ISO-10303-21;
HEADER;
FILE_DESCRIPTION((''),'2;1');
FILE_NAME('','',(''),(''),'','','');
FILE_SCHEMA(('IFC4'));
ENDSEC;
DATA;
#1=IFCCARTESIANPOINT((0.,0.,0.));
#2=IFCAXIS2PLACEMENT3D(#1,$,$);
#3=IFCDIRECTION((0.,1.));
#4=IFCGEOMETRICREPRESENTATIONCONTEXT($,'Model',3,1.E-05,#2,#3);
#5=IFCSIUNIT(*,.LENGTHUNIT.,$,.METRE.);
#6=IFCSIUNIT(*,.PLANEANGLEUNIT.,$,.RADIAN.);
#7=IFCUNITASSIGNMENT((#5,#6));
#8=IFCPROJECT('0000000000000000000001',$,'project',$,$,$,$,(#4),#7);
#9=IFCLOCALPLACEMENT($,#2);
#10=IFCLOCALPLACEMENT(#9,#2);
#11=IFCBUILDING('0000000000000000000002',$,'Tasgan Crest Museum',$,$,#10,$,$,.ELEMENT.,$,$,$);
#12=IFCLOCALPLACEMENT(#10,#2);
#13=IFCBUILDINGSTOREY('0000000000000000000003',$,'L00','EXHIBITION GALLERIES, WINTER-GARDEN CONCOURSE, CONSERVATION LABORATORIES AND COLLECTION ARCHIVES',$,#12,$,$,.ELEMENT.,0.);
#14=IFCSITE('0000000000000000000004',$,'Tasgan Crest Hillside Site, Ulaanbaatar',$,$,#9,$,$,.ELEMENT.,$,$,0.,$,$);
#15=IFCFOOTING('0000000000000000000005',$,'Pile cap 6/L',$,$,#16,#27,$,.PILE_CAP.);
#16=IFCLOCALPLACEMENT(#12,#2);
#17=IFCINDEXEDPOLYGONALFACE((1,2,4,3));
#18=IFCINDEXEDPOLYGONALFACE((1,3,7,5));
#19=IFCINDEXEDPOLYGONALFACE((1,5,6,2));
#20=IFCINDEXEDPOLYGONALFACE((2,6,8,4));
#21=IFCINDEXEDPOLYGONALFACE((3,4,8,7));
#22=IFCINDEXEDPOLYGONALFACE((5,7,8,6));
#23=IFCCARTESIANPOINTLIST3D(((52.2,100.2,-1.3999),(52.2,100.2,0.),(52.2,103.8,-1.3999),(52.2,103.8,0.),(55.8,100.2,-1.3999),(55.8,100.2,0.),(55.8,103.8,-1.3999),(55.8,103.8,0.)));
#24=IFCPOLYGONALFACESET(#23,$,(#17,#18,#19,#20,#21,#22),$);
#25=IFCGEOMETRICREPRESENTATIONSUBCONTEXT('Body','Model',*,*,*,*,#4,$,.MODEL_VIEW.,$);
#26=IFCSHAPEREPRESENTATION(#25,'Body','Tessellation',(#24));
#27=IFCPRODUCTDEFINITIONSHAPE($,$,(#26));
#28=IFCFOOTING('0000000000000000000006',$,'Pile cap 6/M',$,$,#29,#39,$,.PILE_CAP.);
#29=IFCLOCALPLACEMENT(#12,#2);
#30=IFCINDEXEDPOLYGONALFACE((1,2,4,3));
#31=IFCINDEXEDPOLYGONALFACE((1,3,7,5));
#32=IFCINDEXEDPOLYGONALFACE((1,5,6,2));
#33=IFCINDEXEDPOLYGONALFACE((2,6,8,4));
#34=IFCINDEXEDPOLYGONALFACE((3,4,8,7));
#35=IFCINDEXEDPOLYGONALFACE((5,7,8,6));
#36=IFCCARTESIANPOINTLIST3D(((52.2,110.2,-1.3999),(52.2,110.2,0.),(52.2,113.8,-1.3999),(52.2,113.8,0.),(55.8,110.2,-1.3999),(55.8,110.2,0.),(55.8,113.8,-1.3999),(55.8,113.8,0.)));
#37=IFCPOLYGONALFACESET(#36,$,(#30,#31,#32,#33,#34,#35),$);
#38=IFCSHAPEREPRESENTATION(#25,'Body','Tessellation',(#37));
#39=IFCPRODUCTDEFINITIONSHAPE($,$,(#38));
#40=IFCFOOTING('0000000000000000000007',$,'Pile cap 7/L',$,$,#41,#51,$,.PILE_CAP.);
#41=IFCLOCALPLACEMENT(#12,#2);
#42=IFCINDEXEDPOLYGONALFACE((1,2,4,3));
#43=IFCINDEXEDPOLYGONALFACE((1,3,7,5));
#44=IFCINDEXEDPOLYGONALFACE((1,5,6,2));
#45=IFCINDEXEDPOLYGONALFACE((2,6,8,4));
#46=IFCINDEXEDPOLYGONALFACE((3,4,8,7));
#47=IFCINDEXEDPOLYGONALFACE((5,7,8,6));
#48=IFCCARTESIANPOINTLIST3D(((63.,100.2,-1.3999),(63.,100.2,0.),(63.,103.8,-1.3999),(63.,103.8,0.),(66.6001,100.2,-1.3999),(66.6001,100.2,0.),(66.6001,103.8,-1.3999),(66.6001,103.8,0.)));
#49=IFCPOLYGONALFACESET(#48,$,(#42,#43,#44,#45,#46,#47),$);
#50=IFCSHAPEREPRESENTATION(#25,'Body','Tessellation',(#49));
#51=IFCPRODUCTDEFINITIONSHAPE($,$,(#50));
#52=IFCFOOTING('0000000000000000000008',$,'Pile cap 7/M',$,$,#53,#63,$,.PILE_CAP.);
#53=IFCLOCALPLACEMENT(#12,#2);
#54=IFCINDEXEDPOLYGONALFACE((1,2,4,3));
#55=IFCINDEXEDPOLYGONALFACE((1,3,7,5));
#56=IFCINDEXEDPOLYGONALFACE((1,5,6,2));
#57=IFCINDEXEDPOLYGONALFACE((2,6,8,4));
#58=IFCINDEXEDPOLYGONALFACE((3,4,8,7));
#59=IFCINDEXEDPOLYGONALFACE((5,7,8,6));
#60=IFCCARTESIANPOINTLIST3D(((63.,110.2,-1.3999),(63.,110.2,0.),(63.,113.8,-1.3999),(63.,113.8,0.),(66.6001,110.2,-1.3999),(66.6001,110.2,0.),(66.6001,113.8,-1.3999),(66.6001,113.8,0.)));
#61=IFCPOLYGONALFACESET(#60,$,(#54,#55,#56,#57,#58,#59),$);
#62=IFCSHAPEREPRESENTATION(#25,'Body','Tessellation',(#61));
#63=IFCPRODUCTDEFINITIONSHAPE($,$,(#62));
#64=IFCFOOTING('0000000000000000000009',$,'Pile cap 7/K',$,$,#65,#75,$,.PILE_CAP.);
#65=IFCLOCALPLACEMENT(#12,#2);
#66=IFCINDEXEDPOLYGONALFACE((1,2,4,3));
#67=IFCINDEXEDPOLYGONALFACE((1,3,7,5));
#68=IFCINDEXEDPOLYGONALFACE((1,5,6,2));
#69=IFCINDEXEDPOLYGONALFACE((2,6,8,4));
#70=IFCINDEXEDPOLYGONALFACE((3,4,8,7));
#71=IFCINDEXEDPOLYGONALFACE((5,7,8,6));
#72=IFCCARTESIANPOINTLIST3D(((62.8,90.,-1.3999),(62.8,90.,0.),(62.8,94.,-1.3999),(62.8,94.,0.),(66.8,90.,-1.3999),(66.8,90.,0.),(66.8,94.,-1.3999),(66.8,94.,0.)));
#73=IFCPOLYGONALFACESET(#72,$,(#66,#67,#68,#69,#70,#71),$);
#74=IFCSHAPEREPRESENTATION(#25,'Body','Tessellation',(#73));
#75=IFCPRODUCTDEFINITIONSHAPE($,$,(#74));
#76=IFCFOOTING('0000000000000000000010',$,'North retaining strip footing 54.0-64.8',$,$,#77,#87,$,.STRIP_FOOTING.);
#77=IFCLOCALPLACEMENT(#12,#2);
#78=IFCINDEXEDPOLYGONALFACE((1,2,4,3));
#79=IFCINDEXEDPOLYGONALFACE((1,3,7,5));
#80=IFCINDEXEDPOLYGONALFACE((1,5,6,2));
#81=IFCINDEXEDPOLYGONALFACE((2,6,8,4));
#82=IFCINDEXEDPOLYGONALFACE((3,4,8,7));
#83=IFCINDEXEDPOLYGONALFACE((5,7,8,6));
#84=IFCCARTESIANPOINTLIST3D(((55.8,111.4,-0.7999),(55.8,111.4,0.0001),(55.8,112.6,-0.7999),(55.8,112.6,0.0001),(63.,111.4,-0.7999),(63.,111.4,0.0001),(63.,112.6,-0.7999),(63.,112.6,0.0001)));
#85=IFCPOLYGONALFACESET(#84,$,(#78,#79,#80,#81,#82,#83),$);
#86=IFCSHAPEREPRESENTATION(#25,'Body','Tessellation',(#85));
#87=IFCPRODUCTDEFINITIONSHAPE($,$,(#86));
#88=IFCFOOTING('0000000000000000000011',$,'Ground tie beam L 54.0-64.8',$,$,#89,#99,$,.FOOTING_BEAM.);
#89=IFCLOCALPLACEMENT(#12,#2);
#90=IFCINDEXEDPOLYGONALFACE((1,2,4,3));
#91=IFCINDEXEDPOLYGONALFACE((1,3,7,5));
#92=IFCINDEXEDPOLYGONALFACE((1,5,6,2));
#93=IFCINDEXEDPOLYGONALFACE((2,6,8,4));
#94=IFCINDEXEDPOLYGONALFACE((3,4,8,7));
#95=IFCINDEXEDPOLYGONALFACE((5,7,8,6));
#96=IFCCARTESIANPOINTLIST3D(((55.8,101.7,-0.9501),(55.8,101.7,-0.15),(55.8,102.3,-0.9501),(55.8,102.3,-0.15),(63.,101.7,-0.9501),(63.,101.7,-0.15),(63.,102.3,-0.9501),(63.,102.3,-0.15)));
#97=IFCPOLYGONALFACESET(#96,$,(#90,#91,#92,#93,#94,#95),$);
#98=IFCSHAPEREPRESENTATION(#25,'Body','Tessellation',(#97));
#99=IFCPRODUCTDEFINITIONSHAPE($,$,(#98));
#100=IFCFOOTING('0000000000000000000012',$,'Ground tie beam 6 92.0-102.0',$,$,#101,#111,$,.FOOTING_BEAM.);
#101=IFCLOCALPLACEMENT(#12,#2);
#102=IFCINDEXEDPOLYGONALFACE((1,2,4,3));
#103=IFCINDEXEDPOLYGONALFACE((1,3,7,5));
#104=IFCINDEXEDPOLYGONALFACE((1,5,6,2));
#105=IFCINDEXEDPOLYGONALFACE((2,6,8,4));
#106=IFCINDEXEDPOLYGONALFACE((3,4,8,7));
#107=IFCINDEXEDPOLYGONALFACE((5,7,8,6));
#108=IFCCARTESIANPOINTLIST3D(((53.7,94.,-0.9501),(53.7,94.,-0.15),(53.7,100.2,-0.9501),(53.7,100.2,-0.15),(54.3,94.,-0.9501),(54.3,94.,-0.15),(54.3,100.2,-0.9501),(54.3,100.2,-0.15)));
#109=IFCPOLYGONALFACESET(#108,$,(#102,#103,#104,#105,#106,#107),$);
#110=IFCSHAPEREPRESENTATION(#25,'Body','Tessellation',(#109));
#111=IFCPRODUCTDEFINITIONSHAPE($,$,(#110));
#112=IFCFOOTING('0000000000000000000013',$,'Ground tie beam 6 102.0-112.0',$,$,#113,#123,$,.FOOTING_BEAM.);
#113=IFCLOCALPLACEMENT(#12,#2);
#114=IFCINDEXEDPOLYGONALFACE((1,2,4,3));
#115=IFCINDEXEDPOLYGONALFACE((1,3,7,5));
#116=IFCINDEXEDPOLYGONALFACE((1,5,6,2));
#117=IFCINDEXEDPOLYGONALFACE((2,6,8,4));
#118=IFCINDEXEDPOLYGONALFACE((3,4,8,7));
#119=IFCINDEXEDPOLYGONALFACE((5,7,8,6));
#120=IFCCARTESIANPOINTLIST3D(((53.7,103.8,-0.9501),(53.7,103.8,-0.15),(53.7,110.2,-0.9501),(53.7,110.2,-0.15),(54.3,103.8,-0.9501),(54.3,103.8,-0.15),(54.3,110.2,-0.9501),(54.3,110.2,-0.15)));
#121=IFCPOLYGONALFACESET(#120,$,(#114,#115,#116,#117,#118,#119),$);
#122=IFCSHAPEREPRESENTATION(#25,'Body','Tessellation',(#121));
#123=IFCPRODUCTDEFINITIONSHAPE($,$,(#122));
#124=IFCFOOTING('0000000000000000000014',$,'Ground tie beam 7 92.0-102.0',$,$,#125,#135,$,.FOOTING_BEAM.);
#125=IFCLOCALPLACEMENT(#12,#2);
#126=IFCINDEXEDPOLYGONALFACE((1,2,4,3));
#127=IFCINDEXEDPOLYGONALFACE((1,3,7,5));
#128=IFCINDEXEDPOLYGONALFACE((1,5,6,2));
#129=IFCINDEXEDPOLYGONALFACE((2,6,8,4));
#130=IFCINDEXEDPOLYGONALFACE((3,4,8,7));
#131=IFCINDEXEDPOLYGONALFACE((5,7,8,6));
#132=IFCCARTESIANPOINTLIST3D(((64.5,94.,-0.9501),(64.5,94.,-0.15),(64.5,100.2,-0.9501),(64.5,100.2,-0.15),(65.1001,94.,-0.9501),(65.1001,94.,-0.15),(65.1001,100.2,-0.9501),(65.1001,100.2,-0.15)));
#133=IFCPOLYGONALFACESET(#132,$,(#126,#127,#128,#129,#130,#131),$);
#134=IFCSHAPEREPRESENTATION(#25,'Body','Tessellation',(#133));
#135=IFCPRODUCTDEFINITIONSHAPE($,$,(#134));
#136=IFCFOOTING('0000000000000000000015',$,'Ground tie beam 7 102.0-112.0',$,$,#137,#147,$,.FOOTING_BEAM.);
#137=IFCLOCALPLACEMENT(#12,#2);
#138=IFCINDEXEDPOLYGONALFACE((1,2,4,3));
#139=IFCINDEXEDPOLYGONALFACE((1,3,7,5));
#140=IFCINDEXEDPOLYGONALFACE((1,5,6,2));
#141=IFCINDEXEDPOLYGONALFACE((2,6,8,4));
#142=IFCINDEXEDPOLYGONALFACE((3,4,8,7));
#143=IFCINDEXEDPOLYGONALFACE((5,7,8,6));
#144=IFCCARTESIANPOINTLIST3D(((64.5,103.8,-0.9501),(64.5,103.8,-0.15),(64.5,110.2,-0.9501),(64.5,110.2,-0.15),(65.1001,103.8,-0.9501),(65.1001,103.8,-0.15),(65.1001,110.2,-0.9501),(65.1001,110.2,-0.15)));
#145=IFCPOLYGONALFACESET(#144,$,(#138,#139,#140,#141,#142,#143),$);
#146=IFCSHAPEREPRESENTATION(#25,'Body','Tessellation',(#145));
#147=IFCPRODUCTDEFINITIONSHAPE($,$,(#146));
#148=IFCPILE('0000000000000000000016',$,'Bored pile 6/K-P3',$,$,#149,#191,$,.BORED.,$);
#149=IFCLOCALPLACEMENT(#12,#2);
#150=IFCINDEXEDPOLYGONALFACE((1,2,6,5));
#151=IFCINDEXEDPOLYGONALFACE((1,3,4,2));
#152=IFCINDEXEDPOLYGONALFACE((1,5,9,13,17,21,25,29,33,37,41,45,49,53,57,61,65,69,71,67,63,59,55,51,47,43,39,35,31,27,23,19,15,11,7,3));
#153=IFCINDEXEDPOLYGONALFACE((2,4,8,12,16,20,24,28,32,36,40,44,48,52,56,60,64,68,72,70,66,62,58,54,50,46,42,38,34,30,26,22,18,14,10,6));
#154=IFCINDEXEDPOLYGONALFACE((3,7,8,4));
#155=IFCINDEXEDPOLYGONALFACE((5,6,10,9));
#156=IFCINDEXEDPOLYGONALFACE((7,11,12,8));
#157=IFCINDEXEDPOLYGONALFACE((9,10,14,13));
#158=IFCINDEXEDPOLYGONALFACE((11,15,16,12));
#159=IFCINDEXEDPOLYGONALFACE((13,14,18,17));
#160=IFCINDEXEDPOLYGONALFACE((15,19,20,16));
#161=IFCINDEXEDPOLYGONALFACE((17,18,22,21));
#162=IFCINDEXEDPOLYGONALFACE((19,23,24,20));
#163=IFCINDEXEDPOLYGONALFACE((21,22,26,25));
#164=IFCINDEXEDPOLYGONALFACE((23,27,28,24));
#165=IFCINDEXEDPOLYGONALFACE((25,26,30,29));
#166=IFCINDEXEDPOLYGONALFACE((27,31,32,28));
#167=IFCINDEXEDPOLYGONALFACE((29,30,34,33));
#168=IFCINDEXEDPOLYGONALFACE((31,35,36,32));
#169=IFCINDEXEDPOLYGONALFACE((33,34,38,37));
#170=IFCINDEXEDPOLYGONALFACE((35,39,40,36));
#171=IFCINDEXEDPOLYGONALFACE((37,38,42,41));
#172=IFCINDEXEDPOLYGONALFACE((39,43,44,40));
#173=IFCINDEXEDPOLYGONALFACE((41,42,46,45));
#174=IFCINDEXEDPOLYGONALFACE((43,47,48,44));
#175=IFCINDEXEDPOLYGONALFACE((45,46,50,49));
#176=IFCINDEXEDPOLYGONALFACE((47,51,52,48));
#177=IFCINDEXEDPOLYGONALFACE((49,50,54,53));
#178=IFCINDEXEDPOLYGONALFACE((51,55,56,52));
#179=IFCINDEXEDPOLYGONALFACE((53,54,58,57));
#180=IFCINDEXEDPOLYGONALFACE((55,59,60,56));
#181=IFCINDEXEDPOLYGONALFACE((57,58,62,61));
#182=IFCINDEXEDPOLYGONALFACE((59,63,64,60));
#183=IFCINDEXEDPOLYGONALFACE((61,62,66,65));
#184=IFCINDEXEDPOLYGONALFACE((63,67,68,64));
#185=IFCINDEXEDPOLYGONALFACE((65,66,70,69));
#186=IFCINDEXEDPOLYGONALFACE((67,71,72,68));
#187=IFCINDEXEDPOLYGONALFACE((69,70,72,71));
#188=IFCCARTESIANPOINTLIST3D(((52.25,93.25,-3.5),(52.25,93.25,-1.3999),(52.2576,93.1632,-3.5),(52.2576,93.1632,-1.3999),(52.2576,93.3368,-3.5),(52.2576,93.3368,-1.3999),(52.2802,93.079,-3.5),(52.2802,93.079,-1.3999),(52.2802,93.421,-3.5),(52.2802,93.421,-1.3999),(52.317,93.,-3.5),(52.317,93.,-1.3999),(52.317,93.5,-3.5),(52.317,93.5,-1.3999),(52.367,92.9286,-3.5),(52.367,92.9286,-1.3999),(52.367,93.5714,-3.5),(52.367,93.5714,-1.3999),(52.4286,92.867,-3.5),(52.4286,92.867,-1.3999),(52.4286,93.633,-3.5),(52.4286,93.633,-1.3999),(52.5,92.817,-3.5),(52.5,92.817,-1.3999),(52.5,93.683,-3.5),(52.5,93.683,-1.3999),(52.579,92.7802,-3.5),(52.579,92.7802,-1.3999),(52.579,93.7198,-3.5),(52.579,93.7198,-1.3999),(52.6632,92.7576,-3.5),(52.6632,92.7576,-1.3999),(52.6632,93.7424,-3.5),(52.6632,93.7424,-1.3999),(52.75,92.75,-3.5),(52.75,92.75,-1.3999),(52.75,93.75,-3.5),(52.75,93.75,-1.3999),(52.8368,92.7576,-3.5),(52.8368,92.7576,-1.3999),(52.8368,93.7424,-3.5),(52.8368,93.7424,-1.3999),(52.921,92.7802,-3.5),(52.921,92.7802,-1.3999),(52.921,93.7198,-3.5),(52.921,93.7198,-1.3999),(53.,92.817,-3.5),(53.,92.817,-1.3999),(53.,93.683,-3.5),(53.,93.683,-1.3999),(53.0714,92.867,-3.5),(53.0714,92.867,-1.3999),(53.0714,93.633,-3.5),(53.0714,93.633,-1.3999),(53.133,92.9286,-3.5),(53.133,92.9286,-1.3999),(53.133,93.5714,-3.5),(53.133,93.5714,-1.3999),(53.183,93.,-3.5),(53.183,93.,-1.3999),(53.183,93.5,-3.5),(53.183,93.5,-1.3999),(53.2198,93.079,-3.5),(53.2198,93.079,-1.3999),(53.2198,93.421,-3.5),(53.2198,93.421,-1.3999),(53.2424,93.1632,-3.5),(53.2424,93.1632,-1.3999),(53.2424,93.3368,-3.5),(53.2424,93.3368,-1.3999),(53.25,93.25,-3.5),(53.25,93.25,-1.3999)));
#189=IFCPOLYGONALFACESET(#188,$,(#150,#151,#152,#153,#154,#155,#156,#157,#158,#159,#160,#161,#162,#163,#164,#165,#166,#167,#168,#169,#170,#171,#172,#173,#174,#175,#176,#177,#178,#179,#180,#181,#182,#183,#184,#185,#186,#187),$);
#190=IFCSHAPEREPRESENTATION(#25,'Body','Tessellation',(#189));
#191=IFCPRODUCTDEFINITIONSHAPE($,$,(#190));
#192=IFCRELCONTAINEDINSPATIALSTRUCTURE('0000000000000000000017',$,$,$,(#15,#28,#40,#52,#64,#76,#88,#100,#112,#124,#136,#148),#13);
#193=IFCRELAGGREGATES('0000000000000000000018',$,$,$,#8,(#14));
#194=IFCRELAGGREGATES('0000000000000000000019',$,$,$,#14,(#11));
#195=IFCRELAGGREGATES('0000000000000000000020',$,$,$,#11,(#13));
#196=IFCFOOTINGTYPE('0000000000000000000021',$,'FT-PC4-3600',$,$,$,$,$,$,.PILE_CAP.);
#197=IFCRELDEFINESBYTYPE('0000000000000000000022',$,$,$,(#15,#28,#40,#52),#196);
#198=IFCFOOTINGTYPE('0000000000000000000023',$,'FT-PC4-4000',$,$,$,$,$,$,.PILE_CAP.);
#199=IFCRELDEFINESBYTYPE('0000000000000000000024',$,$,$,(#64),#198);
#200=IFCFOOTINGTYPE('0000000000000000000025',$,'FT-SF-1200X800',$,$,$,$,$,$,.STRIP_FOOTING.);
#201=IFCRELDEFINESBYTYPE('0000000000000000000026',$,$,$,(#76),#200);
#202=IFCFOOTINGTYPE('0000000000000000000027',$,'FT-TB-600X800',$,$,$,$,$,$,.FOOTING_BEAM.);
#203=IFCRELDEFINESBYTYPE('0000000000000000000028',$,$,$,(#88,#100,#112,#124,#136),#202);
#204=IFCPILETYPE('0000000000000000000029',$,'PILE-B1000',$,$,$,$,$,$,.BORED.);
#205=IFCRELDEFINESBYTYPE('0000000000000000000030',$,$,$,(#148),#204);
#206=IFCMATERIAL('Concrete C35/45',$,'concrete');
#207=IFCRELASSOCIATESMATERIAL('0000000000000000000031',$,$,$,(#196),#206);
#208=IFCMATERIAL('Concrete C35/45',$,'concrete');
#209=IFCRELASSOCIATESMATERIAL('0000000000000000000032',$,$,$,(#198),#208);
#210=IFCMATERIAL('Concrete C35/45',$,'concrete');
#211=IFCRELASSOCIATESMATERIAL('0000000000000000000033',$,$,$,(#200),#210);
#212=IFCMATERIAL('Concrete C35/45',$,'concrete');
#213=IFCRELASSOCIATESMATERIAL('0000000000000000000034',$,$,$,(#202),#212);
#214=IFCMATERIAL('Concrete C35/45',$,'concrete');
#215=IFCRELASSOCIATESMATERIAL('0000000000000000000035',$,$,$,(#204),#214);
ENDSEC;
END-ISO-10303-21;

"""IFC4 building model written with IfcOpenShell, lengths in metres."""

from ifc_helpers import new_model, si_unit, direction, frame, origin, origin_2d, place, context, subcontext, project, spatial, rectangle, circle, extrude, material, material_profile, profile_set, type_object, element, save


model = new_model("IFC4")

# Units and contexts
model_context = context("Model", 3, precision=1e-05, world=origin(), true_north=direction((0.0, 1.0)))
body_context = subcontext(model_context, "Body", "Model", "MODEL_VIEW")
ifc_project = project(units=[si_unit("LENGTHUNIT", "METRE"), si_unit("PLANEANGLEUNIT", "RADIAN")], contexts=[model_context])

# Site, building, storey
site_placement = place(None, origin())
site = spatial("IfcSite", under=ifc_project, at=site_placement, Name="Tasgan Crest Hillside Site, Ulaanbaatar", CompositionType="ELEMENT", RefElevation=0.0)
building_placement = place(site_placement, origin())
building = spatial("IfcBuilding", under=site, at=building_placement, Name="Tasgan Crest Museum", CompositionType="ELEMENT")
storey_placement = place(building_placement, origin())
storey = spatial("IfcBuildingStorey", under=building, at=storey_placement, Name="L00", Description="EXHIBITION GALLERIES, WINTER-GARDEN CONCOURSE, CONSERVATION LABORATORIES AND COLLECTION ARCHIVES", CompositionType="ELEMENT", Elevation=0.0)

# Footings
ifc_material_1 = material(Name="Concrete C35/45", Category="concrete")
footing_type_1 = type_object("IfcFootingType", Name="FT-PC4-3600", PredefinedType="PILE_CAP", material=ifc_material_1)
for number, where, z_axis, x_axis, name in (
    (1, (54.0, 102.0, -1.3999), (0.0, 0.0, 1.0), (1.0, 0.0, 0.0), "Pile cap 6/L"),
    (2, (54.0, 112.0, -1.3999), (0.0, 0.0, 1.0), (1.0, 0.0, 0.0), "Pile cap 6/M"),
    (3, (64.8, 102.0, -1.3999), (0.0, 0.0, 1.0), (1.0, 0.0, 0.0), "Pile cap 7/L"),
    (4, (64.8, 112.0, -1.3999), (0.0, 0.0, 1.0), (1.0, 0.0, 0.0), "Pile cap 7/M"),
):
    element("IfcFooting", number, at=place(storey_placement, frame(where, z_axis=z_axis, x_axis=x_axis)), inside=storey, type_object=footing_type_1, Name=name, PredefinedType="PILE_CAP", context=body_context, shape_type="SweptSolid", body=[
        extrude(rectangle(XDim=3.6001, YDim=3.6001, at=origin_2d()), origin(), (0.0, 0.0, 1.0), 1.3999),
    ])
ifc_material_2 = material(Name="Concrete C35/45", Category="concrete")
footing_type_2 = type_object("IfcFootingType", Name="FT-PC4-4000", PredefinedType="PILE_CAP", material=ifc_material_2)
footing_1_placement = place(storey_placement, frame((64.8, 92.0, -1.3999), z_axis=(0.0, 0.0, 1.0), x_axis=(1.0, 0.0, 0.0)))
element("IfcFooting", 5, at=footing_1_placement, inside=storey, type_object=footing_type_2, Name="Pile cap 7/K", PredefinedType="PILE_CAP", context=body_context, shape_type="SweptSolid", body=[
    extrude(rectangle(XDim=4.0, YDim=4.0, at=origin_2d()), origin(), (0.0, 0.0, 1.0), 1.3999),
])
ifc_material_3 = material(Name="Concrete C35/45", Category="concrete")
ifc_material_profile_1 = material_profile(ifc_material_3, rectangle(XDim=1.2, YDim=0.8, at=origin_2d()), Name="SF 1200x800")
ifc_profile_set_1 = profile_set([ifc_material_profile_1], Name="Concrete C35/45")
footing_type_3 = type_object("IfcFootingType", Name="FT-SF-1200X800", PredefinedType="STRIP_FOOTING", material=ifc_profile_set_1)
footing_2_placement = place(storey_placement, frame((55.8, 112.0, -0.3999), z_axis=(1.0, 0.0, 0.0), x_axis=(0.0, 1.0, 0.0)))
element("IfcFooting", 6, at=footing_2_placement, inside=storey, type_object=footing_type_3, Name="North retaining strip footing 54.0-64.8", PredefinedType="STRIP_FOOTING", context=body_context, shape_type="SweptSolid", body=[
    extrude(rectangle(XDim=1.2, YDim=0.8, at=origin_2d()), origin(), (0.0, 0.0, 1.0), 7.2),
])
ifc_material_4 = material(Name="Concrete C35/45", Category="concrete")
ifc_material_profile_2 = material_profile(ifc_material_4, rectangle(XDim=0.6001, YDim=0.8, at=origin_2d()), Name="TB 600x800")
ifc_profile_set_2 = profile_set([ifc_material_profile_2], Name="Concrete C35/45")
footing_type_4 = type_object("IfcFootingType", Name="FT-TB-600X800", PredefinedType="FOOTING_BEAM", material=ifc_profile_set_2)
footing_3_placement = place(storey_placement, frame((55.8, 102.0, -0.55), z_axis=(1.0, 0.0, 0.0), x_axis=(0.0, 1.0, 0.0)))
element("IfcFooting", 7, at=footing_3_placement, inside=storey, type_object=footing_type_4, Name="Ground tie beam L 54.0-64.8", PredefinedType="FOOTING_BEAM", context=body_context, shape_type="SweptSolid", body=[
    extrude(rectangle(XDim=0.6001, YDim=0.8, at=origin_2d()), origin(), (0.0, 0.0, 1.0), 7.2),
])
footing_4_placement = place(storey_placement, frame((54.0, 94.0, -0.55), z_axis=(0.0, 1.0, 0.0), x_axis=(-1.0, 0.0, 0.0)))
element("IfcFooting", 8, at=footing_4_placement, inside=storey, type_object=footing_type_4, Name="Ground tie beam 6 92.0-102.0", PredefinedType="FOOTING_BEAM", context=body_context, shape_type="SweptSolid", body=[
    extrude(rectangle(XDim=0.6001, YDim=0.8, at=origin_2d()), origin(), (0.0, 0.0, 1.0), 6.2),
])
footing_5_placement = place(storey_placement, frame((54.0, 103.8, -0.55), z_axis=(0.0, 1.0, 0.0), x_axis=(-1.0, 0.0, 0.0)))
element("IfcFooting", 9, at=footing_5_placement, inside=storey, type_object=footing_type_4, Name="Ground tie beam 6 102.0-112.0", PredefinedType="FOOTING_BEAM", context=body_context, shape_type="SweptSolid", body=[
    extrude(rectangle(XDim=0.6001, YDim=0.8, at=origin_2d()), origin(), (0.0, 0.0, 1.0), 6.3999),
])
footing_6_placement = place(storey_placement, frame((64.8, 94.0, -0.55), z_axis=(0.0, 1.0, 0.0), x_axis=(-1.0, 0.0, 0.0)))
element("IfcFooting", 10, at=footing_6_placement, inside=storey, type_object=footing_type_4, Name="Ground tie beam 7 92.0-102.0", PredefinedType="FOOTING_BEAM", context=body_context, shape_type="SweptSolid", body=[
    extrude(rectangle(XDim=0.6001, YDim=0.8, at=origin_2d()), origin(), (0.0, 0.0, 1.0), 6.2),
])
footing_7_placement = place(storey_placement, frame((64.8, 103.8, -0.55), z_axis=(0.0, 1.0, 0.0), x_axis=(-1.0, 0.0, 0.0)))
element("IfcFooting", 11, at=footing_7_placement, inside=storey, type_object=footing_type_4, Name="Ground tie beam 7 102.0-112.0", PredefinedType="FOOTING_BEAM", context=body_context, shape_type="SweptSolid", body=[
    extrude(rectangle(XDim=0.6001, YDim=0.8, at=origin_2d()), origin(), (0.0, 0.0, 1.0), 6.3999),
])

# Pile
ifc_material_5 = material(Name="Concrete C35/45", Category="concrete")
ifc_material_profile_3 = material_profile(ifc_material_5, circle(Radius=0.5, at=origin_2d()), Name="PILE D1000")
ifc_profile_set_3 = profile_set([ifc_material_profile_3], Name="Concrete C35/45")
pile_type_1 = type_object("IfcPileType", Name="PILE-B1000", PredefinedType="BORED", material=ifc_profile_set_3)
for number, where, z_axis, x_axis, name in (
    (12, (52.75, 93.25, -1.3999), (0.0, 0.0, -1.0), (1.0, 0.0, 0.0), "Bored pile 6/K-P3"),
):
    element("IfcPile", number, at=place(storey_placement, frame(where, z_axis=z_axis, x_axis=x_axis)), inside=storey, type_object=pile_type_1, Name=name, PredefinedType="BORED", context=body_context, shape_type="SweptSolid", body=[
        extrude(circle(Radius=0.5, at=origin_2d()), origin(), (0.0, 0.0, 1.0), 2.1001),
    ])

save(model, "model.ifc")
